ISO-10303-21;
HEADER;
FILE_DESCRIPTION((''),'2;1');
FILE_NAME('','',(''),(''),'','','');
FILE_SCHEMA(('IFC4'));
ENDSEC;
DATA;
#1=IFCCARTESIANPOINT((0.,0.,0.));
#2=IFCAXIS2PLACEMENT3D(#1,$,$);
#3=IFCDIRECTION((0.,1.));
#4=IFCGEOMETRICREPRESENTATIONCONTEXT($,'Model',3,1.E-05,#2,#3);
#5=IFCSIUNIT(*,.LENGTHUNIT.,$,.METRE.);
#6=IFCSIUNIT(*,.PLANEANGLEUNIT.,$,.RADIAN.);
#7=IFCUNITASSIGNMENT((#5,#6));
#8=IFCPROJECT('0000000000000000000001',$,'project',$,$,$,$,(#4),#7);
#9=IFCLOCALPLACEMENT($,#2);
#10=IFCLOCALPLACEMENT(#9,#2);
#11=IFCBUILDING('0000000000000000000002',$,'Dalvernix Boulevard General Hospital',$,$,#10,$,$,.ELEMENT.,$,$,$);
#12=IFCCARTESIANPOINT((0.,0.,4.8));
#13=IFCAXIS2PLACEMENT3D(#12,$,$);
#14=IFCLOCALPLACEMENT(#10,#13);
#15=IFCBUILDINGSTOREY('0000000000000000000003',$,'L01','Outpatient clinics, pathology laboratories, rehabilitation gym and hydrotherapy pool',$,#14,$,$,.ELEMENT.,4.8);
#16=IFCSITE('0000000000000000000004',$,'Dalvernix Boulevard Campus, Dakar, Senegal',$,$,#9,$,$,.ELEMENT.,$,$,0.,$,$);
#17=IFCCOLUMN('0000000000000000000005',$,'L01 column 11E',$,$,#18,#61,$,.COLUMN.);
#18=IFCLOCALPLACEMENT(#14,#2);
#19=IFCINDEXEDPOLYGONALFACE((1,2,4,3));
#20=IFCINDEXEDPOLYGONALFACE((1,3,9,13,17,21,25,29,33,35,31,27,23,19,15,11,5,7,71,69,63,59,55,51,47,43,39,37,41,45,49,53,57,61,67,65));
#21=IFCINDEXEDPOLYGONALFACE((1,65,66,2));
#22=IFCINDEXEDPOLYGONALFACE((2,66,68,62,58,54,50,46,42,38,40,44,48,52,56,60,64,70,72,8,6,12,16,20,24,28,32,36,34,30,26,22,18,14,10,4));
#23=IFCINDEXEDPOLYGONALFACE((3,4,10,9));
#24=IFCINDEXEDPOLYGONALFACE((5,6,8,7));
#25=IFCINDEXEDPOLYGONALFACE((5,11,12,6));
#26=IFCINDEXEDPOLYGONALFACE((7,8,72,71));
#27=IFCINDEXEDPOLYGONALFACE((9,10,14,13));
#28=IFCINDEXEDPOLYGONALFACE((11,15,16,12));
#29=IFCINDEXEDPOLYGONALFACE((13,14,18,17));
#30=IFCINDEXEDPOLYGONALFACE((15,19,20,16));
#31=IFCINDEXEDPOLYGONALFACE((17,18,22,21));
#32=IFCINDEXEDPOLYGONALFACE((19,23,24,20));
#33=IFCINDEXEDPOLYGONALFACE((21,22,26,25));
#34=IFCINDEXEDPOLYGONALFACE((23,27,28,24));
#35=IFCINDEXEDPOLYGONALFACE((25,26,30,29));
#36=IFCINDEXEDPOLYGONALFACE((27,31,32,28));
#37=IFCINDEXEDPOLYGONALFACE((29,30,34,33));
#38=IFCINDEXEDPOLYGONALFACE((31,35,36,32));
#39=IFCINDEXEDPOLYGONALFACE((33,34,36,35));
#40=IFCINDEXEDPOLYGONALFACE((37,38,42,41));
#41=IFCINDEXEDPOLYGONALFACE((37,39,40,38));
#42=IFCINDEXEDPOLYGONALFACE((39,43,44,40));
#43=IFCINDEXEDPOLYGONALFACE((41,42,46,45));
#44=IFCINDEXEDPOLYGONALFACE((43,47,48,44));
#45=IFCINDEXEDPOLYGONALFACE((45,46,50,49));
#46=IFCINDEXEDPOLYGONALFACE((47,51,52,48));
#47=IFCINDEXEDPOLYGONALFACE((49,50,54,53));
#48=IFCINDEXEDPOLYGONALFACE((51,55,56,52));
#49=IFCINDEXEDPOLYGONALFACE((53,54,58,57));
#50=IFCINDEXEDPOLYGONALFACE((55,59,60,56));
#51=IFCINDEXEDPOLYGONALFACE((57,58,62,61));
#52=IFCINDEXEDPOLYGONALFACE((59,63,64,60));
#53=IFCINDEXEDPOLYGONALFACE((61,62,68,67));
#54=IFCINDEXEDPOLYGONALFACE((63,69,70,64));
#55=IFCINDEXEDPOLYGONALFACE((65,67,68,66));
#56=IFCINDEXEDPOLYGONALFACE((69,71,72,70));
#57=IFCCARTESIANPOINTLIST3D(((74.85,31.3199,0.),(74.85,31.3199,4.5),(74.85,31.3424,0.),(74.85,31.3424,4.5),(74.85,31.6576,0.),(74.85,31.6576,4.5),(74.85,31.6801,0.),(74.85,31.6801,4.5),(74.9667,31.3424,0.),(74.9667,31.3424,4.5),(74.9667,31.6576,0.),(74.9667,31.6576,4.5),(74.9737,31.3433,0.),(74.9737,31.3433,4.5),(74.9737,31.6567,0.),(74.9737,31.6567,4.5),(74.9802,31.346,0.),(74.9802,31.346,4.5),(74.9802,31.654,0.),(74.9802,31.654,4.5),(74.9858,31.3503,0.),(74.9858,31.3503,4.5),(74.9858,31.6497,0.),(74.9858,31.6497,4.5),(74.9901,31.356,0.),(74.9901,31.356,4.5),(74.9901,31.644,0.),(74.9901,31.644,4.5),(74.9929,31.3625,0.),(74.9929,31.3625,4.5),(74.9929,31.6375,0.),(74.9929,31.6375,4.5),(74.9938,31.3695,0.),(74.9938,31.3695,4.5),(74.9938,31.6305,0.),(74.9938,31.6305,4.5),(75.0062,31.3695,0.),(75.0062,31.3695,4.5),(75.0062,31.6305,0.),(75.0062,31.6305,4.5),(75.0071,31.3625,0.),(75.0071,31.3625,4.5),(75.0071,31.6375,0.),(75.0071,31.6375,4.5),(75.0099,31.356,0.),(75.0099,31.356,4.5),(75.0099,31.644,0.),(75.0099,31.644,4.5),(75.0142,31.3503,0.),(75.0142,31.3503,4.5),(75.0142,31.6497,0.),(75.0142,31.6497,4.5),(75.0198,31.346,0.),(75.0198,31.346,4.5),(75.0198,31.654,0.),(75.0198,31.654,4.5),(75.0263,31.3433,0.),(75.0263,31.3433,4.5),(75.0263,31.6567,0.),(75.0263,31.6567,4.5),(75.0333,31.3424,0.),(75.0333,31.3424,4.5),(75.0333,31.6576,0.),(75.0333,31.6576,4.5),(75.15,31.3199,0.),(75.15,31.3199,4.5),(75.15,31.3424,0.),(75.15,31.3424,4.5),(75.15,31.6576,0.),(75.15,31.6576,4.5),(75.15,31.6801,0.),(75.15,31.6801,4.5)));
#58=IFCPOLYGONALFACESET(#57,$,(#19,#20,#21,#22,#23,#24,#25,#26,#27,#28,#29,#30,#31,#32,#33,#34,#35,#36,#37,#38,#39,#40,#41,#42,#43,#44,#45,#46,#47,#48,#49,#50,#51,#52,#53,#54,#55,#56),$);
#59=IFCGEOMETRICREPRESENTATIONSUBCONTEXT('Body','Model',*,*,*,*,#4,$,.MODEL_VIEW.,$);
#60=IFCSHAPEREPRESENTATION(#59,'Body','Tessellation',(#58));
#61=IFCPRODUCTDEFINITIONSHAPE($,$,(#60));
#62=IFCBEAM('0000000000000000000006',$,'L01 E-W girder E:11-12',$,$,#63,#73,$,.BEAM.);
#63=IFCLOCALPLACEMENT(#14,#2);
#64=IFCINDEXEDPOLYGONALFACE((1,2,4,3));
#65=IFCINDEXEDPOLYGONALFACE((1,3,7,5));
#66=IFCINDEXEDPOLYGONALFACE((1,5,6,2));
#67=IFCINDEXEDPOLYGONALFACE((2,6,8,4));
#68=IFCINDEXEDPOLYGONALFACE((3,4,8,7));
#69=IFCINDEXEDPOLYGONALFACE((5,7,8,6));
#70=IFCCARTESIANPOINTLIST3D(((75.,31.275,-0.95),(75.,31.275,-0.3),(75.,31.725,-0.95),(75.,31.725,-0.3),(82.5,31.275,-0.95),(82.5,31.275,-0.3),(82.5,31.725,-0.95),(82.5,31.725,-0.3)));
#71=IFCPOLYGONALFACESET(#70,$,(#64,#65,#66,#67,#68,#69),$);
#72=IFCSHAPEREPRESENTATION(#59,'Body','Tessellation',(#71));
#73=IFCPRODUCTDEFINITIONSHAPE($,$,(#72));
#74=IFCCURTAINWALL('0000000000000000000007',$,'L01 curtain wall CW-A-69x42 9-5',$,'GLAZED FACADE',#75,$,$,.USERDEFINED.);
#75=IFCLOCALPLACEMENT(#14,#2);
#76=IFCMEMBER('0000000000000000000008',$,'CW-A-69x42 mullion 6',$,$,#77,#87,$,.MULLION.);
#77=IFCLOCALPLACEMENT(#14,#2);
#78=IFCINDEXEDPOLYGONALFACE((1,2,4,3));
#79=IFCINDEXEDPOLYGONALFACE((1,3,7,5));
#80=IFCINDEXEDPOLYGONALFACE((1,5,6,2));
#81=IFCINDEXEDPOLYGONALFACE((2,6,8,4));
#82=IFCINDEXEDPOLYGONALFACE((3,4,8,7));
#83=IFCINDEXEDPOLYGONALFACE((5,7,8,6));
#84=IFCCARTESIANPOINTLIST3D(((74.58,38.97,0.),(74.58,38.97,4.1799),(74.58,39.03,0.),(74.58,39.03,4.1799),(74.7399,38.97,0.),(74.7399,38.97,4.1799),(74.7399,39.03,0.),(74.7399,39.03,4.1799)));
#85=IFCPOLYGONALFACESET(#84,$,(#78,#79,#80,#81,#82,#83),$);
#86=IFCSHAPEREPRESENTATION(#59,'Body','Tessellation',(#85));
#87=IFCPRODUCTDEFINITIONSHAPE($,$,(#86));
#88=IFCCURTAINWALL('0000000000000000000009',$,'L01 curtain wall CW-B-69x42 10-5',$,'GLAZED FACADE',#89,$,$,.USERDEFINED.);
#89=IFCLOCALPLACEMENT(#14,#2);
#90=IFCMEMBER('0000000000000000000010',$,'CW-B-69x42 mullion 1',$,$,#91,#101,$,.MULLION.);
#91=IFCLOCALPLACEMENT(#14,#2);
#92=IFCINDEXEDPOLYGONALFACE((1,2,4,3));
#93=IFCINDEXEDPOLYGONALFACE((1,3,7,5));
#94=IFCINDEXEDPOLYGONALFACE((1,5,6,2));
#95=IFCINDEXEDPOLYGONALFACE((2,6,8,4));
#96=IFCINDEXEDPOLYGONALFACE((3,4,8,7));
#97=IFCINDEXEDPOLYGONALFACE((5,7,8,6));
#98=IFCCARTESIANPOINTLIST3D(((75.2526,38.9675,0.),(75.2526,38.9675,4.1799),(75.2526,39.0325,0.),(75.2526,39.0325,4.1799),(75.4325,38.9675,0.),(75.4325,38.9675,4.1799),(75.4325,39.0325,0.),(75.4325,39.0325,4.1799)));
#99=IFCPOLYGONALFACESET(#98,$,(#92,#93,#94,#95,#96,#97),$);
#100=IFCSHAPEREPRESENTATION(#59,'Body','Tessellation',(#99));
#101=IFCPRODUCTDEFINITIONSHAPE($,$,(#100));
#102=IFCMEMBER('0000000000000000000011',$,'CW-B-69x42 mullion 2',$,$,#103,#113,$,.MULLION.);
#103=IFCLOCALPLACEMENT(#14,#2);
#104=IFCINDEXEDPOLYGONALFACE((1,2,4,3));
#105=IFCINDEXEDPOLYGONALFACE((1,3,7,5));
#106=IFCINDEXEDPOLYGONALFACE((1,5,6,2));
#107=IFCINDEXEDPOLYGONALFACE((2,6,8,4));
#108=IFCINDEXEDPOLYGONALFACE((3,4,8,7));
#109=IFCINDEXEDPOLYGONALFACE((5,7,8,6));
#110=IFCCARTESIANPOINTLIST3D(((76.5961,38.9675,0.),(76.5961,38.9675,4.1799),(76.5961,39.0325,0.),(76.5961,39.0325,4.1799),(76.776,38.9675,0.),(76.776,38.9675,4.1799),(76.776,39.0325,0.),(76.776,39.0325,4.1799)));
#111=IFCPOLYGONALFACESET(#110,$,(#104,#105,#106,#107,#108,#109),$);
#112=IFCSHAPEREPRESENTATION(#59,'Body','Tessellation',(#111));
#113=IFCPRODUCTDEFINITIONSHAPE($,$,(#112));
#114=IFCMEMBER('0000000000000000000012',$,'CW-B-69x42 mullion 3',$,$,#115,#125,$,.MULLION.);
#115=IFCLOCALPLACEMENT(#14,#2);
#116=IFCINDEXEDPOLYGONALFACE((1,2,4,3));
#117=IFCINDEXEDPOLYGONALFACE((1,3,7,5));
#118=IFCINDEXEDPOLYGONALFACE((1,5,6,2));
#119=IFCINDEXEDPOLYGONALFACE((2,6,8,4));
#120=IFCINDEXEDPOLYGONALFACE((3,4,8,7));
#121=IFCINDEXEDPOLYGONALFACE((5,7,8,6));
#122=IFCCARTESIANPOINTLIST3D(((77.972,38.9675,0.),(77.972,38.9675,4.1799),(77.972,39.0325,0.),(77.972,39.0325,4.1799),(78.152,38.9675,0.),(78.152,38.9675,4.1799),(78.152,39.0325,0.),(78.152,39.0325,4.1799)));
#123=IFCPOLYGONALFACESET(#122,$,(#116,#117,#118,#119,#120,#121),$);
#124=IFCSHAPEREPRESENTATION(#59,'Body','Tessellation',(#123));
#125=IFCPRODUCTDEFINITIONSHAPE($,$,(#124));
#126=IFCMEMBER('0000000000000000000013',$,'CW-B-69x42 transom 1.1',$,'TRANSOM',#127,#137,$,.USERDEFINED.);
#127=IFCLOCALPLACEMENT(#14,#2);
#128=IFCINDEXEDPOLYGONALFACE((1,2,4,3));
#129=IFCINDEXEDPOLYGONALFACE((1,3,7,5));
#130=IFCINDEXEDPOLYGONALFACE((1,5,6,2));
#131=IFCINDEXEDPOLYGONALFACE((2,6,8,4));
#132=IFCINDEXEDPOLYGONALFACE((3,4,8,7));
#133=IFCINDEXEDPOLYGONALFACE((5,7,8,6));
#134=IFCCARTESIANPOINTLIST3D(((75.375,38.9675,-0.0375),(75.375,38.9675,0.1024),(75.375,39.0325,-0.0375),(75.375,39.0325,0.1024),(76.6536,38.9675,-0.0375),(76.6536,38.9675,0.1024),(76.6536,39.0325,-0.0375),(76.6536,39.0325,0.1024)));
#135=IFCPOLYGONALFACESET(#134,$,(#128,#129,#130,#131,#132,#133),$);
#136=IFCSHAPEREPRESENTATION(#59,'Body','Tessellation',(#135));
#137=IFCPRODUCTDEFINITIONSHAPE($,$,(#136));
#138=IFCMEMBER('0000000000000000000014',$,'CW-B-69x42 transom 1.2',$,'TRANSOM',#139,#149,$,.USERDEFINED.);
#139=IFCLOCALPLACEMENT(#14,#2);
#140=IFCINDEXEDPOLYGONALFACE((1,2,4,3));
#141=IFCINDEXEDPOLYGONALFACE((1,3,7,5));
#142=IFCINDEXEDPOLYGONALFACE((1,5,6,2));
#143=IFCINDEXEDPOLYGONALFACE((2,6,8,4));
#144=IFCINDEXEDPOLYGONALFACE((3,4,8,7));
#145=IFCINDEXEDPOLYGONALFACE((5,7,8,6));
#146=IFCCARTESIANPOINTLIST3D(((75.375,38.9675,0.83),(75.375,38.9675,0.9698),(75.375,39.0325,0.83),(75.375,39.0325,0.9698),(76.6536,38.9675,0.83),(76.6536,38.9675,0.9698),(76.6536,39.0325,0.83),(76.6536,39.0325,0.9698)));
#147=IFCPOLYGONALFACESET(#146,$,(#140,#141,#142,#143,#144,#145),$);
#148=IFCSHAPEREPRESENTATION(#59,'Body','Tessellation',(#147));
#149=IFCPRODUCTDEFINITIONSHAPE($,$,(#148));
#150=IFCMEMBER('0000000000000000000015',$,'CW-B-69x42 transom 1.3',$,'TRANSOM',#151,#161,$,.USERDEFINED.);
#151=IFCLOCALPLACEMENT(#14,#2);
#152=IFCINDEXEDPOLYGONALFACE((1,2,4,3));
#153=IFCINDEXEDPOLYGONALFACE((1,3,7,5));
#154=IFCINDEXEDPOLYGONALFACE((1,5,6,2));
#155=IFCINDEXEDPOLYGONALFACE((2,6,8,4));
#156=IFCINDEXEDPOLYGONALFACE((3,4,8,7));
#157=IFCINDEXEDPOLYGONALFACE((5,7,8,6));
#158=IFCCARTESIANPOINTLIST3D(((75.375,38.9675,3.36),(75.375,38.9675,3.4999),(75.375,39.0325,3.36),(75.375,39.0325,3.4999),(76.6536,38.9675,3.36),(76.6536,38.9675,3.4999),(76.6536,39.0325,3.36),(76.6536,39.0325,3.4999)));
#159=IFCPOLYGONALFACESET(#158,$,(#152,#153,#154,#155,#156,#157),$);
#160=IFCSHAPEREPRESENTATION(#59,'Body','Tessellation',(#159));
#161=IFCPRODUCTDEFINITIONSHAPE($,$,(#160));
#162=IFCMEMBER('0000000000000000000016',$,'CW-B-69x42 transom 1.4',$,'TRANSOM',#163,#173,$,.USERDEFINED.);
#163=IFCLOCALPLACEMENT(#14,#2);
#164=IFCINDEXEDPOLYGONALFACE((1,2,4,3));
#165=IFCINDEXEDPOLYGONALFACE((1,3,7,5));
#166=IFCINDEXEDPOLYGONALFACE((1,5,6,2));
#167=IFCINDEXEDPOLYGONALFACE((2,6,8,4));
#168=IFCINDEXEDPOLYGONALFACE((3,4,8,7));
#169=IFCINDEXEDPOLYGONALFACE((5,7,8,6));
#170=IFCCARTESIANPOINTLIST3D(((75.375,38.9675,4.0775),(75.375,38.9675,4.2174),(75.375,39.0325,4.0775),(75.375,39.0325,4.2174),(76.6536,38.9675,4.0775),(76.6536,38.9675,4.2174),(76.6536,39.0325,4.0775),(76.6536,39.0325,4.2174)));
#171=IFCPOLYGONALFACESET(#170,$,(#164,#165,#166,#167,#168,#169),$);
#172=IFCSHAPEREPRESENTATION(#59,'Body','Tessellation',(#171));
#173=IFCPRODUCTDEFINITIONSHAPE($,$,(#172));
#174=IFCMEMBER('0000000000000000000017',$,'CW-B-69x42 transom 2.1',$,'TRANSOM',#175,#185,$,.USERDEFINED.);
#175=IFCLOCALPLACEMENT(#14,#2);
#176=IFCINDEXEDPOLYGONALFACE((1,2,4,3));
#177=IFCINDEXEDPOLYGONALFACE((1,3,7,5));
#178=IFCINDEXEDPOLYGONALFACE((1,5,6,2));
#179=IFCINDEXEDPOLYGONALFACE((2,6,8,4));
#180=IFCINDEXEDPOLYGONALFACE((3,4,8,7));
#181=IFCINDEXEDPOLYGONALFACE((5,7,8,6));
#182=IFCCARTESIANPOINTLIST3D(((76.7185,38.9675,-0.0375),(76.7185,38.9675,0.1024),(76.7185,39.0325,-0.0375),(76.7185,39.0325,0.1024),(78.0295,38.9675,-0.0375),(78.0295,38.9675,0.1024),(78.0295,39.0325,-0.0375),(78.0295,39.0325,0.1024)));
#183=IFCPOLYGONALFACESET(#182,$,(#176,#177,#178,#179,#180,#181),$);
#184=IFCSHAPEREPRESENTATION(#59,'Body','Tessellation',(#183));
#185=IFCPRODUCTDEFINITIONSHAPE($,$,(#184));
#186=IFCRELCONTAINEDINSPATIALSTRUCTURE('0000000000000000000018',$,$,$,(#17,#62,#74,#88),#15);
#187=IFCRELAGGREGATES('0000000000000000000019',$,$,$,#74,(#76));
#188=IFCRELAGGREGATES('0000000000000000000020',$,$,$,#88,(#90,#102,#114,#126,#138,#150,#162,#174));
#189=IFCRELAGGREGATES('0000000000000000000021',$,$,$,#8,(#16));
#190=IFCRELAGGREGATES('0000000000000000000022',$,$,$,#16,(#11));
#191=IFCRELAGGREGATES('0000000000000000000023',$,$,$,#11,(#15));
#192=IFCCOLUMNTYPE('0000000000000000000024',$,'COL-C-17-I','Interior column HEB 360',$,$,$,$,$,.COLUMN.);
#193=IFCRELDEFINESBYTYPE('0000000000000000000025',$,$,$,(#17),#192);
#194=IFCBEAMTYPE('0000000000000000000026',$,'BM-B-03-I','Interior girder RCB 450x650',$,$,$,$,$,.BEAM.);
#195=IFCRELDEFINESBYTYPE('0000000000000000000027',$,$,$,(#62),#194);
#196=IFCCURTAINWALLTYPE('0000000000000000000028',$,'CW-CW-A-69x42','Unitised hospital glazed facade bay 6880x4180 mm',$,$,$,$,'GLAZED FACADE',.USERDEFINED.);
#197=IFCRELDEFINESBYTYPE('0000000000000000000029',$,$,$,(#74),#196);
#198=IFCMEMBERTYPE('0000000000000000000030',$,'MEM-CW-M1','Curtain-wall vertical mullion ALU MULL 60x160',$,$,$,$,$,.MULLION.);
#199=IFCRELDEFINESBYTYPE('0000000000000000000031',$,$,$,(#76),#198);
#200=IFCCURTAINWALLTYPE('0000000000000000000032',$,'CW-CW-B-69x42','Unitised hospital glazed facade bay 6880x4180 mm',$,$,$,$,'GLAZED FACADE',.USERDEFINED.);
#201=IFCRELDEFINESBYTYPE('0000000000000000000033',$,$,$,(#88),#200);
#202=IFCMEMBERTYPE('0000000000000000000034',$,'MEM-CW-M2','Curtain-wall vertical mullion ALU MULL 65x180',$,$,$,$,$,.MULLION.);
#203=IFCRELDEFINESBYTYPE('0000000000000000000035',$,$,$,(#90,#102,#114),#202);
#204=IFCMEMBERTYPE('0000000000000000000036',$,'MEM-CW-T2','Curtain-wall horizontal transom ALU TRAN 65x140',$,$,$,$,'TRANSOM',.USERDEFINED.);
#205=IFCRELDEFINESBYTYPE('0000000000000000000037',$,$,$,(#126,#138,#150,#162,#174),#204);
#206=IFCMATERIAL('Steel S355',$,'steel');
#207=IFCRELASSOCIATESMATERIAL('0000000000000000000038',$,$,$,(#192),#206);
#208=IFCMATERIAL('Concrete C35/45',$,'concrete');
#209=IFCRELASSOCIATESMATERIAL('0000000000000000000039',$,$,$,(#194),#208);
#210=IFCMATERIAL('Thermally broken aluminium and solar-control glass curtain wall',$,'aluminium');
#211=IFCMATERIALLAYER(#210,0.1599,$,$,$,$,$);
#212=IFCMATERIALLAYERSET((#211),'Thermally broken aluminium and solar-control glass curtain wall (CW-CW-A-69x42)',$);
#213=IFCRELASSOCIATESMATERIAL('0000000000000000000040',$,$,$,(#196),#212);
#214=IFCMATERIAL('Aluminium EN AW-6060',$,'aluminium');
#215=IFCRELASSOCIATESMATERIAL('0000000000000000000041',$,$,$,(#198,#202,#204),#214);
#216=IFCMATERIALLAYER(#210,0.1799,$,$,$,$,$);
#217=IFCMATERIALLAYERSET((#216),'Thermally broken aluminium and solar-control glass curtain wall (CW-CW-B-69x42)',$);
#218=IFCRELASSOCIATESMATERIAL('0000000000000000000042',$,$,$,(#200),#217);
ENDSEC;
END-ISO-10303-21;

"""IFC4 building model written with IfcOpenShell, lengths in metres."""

from ifc_helpers import new_model, si_unit, direction, frame, origin, origin_2d, place, context, subcontext, project, spatial, rectangle, i_section, extrude, material, layer, layer_set, material_profile, profile_set, type_object, element, aggregate, save


model = new_model("IFC4")

# Units and contexts
model_context = context("Model", 3, precision=1e-05, world=origin(), true_north=direction((0.0, 1.0)))
body_context = subcontext(model_context, "Body", "Model", "MODEL_VIEW")
ifc_project = project(units=[si_unit("LENGTHUNIT", "METRE"), si_unit("PLANEANGLEUNIT", "RADIAN")], contexts=[model_context])

# Site, building, storey
site_placement = place(None, origin())
site = spatial("IfcSite", under=ifc_project, at=site_placement, Name="Dalvernix Boulevard Campus, Dakar, Senegal", CompositionType="ELEMENT", RefElevation=0.0)
building_placement = place(site_placement, origin())
building = spatial("IfcBuilding", under=site, at=building_placement, Name="Dalvernix Boulevard General Hospital", CompositionType="ELEMENT")
storey_placement = place(building_placement, frame((0.0, 0.0, 4.8)))
storey = spatial("IfcBuildingStorey", under=building, at=storey_placement, Name="L01", Description="Outpatient clinics, pathology laboratories, rehabilitation gym and hydrotherapy pool", CompositionType="ELEMENT", Elevation=4.8)

# Column
ifc_material_1 = material(Name="Steel S355", Category="steel")
ifc_material_profile_1 = material_profile(ifc_material_1, i_section(OverallWidth=0.3, OverallDepth=0.3601, WebThickness=0.0125, FlangeThickness=0.0225, FilletRadius=0.0271, at=origin_2d()), Name="HEB 360")
ifc_profile_set_1 = profile_set([ifc_material_profile_1], Name="Steel S355")
column_type = type_object("IfcColumnType", Name="COL-C-17-I", Description="Interior column HEB 360", PredefinedType="COLUMN", material=ifc_profile_set_1)
column_placement = place(storey_placement, frame((75.0, 31.5, 0.0), z_axis=(0.0, 0.0, 1.0), x_axis=(1.0, 0.0, 0.0)))
element("IfcColumn", 1, at=column_placement, inside=storey, type_object=column_type, Name="L01 column 11E", PredefinedType="COLUMN", context=body_context, shape_type="SweptSolid", body=[
    extrude(i_section(OverallWidth=0.3, OverallDepth=0.3601, WebThickness=0.0125, FlangeThickness=0.0225, FilletRadius=0.0271, at=origin_2d()), origin(), (0.0, 0.0, 1.0), 4.5),
])

# Beam
ifc_material_2 = material(Name="Concrete C35/45", Category="concrete")
ifc_material_profile_2 = material_profile(ifc_material_2, rectangle(XDim=0.45, YDim=0.6499, at=origin_2d()), Name="RCB 450x650")
ifc_profile_set_2 = profile_set([ifc_material_profile_2], Name="Concrete C35/45")
beam_type = type_object("IfcBeamType", Name="BM-B-03-I", Description="Interior girder RCB 450x650", PredefinedType="BEAM", material=ifc_profile_set_2)
beam_placement = place(storey_placement, frame((75.0, 31.5, -0.625), z_axis=(1.0, 0.0, 0.0), x_axis=(0.0, 1.0, 0.0)))
element("IfcBeam", 2, at=beam_placement, inside=storey, type_object=beam_type, Name="L01 E-W girder E:11-12", PredefinedType="BEAM", context=body_context, shape_type="SweptSolid", body=[
    extrude(rectangle(XDim=0.45, YDim=0.6499, at=origin_2d()), origin(), (0.0, 0.0, 1.0), 7.5),
])

# Curtain wall, member
ifc_material_3 = material(Name="Thermally broken aluminium and solar-control glass curtain wall", Category="aluminium")
ifc_layer_1 = layer(ifc_material_3, 0.1599)
ifc_layer_set_1 = layer_set([ifc_layer_1], Name="Thermally broken aluminium and solar-control glass curtain wall (CW-CW-A-69x42)")
curtain_wall_type_1 = type_object("IfcCurtainWallType", Name="CW-CW-A-69x42", Description="Unitised hospital glazed facade bay 6880x4180 mm", ElementType="GLAZED FACADE", PredefinedType="USERDEFINED", material=ifc_layer_set_1)
curtain_wall_1_placement = place(storey_placement, origin())
curtain_wall_1 = element("IfcCurtainWall", 3, at=curtain_wall_1_placement, inside=storey, type_object=curtain_wall_type_1, Name="L01 curtain wall CW-A-69x42 9-5", ObjectType="GLAZED FACADE", PredefinedType="USERDEFINED")
ifc_material_4 = material(Name="Aluminium EN AW-6060", Category="aluminium")
ifc_material_profile_3 = material_profile(ifc_material_4, rectangle(XDim=0.0601, YDim=0.1599, at=origin_2d()), Name="ALU MULL 60x160")
ifc_profile_set_3 = profile_set([ifc_material_profile_3], Name="Aluminium EN AW-6060")
member_type_1 = type_object("IfcMemberType", Name="MEM-CW-M1", Description="Curtain-wall vertical mullion ALU MULL 60x160", PredefinedType="MULLION", material=ifc_profile_set_3)
member_1_placement = place(storey_placement, frame((74.6599, 39.0, 0.0), z_axis=(0.0, 0.0, 1.0), x_axis=(0.0, 1.0, 0.0)))
member_1 = element("IfcMember", 4, at=member_1_placement, type_object=member_type_1, Name="CW-A-69x42 mullion 6", PredefinedType="MULLION", context=body_context, shape_type="SweptSolid", body=[
    extrude(rectangle(XDim=0.0601, YDim=0.1599, at=origin_2d()), origin(), (0.0, 0.0, 1.0), 4.1799),
])
aggregate(curtain_wall_1, [member_1])

# Curtain wall, members
ifc_layer_2 = layer(ifc_material_3, 0.1799)
ifc_layer_set_2 = layer_set([ifc_layer_2], Name="Thermally broken aluminium and solar-control glass curtain wall (CW-CW-B-69x42)")
curtain_wall_type_2 = type_object("IfcCurtainWallType", Name="CW-CW-B-69x42", Description="Unitised hospital glazed facade bay 6880x4180 mm", ElementType="GLAZED FACADE", PredefinedType="USERDEFINED", material=ifc_layer_set_2)
curtain_wall_2_placement = place(storey_placement, origin())
curtain_wall_2 = element("IfcCurtainWall", 5, at=curtain_wall_2_placement, inside=storey, type_object=curtain_wall_type_2, Name="L01 curtain wall CW-B-69x42 10-5", ObjectType="GLAZED FACADE", PredefinedType="USERDEFINED")
ifc_material_profile_4 = material_profile(ifc_material_4, rectangle(XDim=0.0649, YDim=0.1799, at=origin_2d()), Name="ALU MULL 65x180")
ifc_profile_set_4 = profile_set([ifc_material_profile_4], Name="Aluminium EN AW-6060")
member_type_2 = type_object("IfcMemberType", Name="MEM-CW-M2", Description="Curtain-wall vertical mullion ALU MULL 65x180", PredefinedType="MULLION", material=ifc_profile_set_4)
member_2_placement = place(storey_placement, frame((75.3425, 39.0, 0.0), z_axis=(0.0, 0.0, 1.0), x_axis=(0.0, 1.0, 0.0)))
member_2 = element("IfcMember", 6, at=member_2_placement, type_object=member_type_2, Name="CW-B-69x42 mullion 1", PredefinedType="MULLION", context=body_context, shape_type="SweptSolid", body=[
    extrude(rectangle(XDim=0.0649, YDim=0.1799, at=origin_2d()), origin(), (0.0, 0.0, 1.0), 4.1799),
])
member_3_placement = place(storey_placement, frame((76.686, 39.0, 0.0), z_axis=(0.0, 0.0, 1.0), x_axis=(0.0, 1.0, 0.0)))
member_3 = element("IfcMember", 7, at=member_3_placement, type_object=member_type_2, Name="CW-B-69x42 mullion 2", PredefinedType="MULLION", context=body_context, shape_type="SweptSolid", body=[
    extrude(rectangle(XDim=0.0649, YDim=0.1799, at=origin_2d()), origin(), (0.0, 0.0, 1.0), 4.1799),
])
member_4_placement = place(storey_placement, frame((78.062, 39.0, 0.0), z_axis=(0.0, 0.0, 1.0), x_axis=(0.0, 1.0, 0.0)))
member_4 = element("IfcMember", 8, at=member_4_placement, type_object=member_type_2, Name="CW-B-69x42 mullion 3", PredefinedType="MULLION", context=body_context, shape_type="SweptSolid", body=[
    extrude(rectangle(XDim=0.0649, YDim=0.1799, at=origin_2d()), origin(), (0.0, 0.0, 1.0), 4.1799),
])
ifc_material_profile_5 = material_profile(ifc_material_4, rectangle(XDim=0.0649, YDim=0.1399, at=origin_2d()), Name="ALU TRAN 65x140")
ifc_profile_set_5 = profile_set([ifc_material_profile_5], Name="Aluminium EN AW-6060")
member_type_3 = type_object("IfcMemberType", Name="MEM-CW-T2", Description="Curtain-wall horizontal transom ALU TRAN 65x140", ElementType="TRANSOM", PredefinedType="USERDEFINED", material=ifc_profile_set_5)
member_5_placement = place(storey_placement, frame((75.375, 39.0, 0.0325), z_axis=(1.0, 0.0, 0.0), x_axis=(0.0, 1.0, 0.0)))
member_5 = element("IfcMember", 9, at=member_5_placement, type_object=member_type_3, Name="CW-B-69x42 transom 1.1", ObjectType="TRANSOM", PredefinedType="USERDEFINED", context=body_context, shape_type="SweptSolid", body=[
    extrude(rectangle(XDim=0.0649, YDim=0.1399, at=origin_2d()), origin(), (0.0, 0.0, 1.0), 1.2786),
])
member_6_placement = place(storey_placement, frame((75.375, 39.0, 0.8999), z_axis=(1.0, 0.0, 0.0), x_axis=(0.0, 1.0, 0.0)))
member_6 = element("IfcMember", 10, at=member_6_placement, type_object=member_type_3, Name="CW-B-69x42 transom 1.2", ObjectType="TRANSOM", PredefinedType="USERDEFINED", context=body_context, shape_type="SweptSolid", body=[
    extrude(rectangle(XDim=0.0649, YDim=0.1399, at=origin_2d()), origin(), (0.0, 0.0, 1.0), 1.2786),
])
member_7_placement = place(storey_placement, frame((75.375, 39.0, 3.4299), z_axis=(1.0, 0.0, 0.0), x_axis=(0.0, 1.0, 0.0)))
member_7 = element("IfcMember", 11, at=member_7_placement, type_object=member_type_3, Name="CW-B-69x42 transom 1.3", ObjectType="TRANSOM", PredefinedType="USERDEFINED", context=body_context, shape_type="SweptSolid", body=[
    extrude(rectangle(XDim=0.0649, YDim=0.1399, at=origin_2d()), origin(), (0.0, 0.0, 1.0), 1.2786),
])
member_8_placement = place(storey_placement, frame((75.375, 39.0, 4.1475), z_axis=(1.0, 0.0, 0.0), x_axis=(0.0, 1.0, 0.0)))
member_8 = element("IfcMember", 12, at=member_8_placement, type_object=member_type_3, Name="CW-B-69x42 transom 1.4", ObjectType="TRANSOM", PredefinedType="USERDEFINED", context=body_context, shape_type="SweptSolid", body=[
    extrude(rectangle(XDim=0.0649, YDim=0.1399, at=origin_2d()), origin(), (0.0, 0.0, 1.0), 1.2786),
])
member_9_placement = place(storey_placement, frame((76.7185, 39.0, 0.0325), z_axis=(1.0, 0.0, 0.0), x_axis=(0.0, 1.0, 0.0)))
member_9 = element("IfcMember", 13, at=member_9_placement, type_object=member_type_3, Name="CW-B-69x42 transom 2.1", ObjectType="TRANSOM", PredefinedType="USERDEFINED", context=body_context, shape_type="SweptSolid", body=[
    extrude(rectangle(XDim=0.0649, YDim=0.1399, at=origin_2d()), origin(), (0.0, 0.0, 1.0), 1.311),
])
aggregate(curtain_wall_2, [member_2, member_3, member_4, member_5, member_6, member_7, member_8, member_9])

save(model, "model.ifc")
